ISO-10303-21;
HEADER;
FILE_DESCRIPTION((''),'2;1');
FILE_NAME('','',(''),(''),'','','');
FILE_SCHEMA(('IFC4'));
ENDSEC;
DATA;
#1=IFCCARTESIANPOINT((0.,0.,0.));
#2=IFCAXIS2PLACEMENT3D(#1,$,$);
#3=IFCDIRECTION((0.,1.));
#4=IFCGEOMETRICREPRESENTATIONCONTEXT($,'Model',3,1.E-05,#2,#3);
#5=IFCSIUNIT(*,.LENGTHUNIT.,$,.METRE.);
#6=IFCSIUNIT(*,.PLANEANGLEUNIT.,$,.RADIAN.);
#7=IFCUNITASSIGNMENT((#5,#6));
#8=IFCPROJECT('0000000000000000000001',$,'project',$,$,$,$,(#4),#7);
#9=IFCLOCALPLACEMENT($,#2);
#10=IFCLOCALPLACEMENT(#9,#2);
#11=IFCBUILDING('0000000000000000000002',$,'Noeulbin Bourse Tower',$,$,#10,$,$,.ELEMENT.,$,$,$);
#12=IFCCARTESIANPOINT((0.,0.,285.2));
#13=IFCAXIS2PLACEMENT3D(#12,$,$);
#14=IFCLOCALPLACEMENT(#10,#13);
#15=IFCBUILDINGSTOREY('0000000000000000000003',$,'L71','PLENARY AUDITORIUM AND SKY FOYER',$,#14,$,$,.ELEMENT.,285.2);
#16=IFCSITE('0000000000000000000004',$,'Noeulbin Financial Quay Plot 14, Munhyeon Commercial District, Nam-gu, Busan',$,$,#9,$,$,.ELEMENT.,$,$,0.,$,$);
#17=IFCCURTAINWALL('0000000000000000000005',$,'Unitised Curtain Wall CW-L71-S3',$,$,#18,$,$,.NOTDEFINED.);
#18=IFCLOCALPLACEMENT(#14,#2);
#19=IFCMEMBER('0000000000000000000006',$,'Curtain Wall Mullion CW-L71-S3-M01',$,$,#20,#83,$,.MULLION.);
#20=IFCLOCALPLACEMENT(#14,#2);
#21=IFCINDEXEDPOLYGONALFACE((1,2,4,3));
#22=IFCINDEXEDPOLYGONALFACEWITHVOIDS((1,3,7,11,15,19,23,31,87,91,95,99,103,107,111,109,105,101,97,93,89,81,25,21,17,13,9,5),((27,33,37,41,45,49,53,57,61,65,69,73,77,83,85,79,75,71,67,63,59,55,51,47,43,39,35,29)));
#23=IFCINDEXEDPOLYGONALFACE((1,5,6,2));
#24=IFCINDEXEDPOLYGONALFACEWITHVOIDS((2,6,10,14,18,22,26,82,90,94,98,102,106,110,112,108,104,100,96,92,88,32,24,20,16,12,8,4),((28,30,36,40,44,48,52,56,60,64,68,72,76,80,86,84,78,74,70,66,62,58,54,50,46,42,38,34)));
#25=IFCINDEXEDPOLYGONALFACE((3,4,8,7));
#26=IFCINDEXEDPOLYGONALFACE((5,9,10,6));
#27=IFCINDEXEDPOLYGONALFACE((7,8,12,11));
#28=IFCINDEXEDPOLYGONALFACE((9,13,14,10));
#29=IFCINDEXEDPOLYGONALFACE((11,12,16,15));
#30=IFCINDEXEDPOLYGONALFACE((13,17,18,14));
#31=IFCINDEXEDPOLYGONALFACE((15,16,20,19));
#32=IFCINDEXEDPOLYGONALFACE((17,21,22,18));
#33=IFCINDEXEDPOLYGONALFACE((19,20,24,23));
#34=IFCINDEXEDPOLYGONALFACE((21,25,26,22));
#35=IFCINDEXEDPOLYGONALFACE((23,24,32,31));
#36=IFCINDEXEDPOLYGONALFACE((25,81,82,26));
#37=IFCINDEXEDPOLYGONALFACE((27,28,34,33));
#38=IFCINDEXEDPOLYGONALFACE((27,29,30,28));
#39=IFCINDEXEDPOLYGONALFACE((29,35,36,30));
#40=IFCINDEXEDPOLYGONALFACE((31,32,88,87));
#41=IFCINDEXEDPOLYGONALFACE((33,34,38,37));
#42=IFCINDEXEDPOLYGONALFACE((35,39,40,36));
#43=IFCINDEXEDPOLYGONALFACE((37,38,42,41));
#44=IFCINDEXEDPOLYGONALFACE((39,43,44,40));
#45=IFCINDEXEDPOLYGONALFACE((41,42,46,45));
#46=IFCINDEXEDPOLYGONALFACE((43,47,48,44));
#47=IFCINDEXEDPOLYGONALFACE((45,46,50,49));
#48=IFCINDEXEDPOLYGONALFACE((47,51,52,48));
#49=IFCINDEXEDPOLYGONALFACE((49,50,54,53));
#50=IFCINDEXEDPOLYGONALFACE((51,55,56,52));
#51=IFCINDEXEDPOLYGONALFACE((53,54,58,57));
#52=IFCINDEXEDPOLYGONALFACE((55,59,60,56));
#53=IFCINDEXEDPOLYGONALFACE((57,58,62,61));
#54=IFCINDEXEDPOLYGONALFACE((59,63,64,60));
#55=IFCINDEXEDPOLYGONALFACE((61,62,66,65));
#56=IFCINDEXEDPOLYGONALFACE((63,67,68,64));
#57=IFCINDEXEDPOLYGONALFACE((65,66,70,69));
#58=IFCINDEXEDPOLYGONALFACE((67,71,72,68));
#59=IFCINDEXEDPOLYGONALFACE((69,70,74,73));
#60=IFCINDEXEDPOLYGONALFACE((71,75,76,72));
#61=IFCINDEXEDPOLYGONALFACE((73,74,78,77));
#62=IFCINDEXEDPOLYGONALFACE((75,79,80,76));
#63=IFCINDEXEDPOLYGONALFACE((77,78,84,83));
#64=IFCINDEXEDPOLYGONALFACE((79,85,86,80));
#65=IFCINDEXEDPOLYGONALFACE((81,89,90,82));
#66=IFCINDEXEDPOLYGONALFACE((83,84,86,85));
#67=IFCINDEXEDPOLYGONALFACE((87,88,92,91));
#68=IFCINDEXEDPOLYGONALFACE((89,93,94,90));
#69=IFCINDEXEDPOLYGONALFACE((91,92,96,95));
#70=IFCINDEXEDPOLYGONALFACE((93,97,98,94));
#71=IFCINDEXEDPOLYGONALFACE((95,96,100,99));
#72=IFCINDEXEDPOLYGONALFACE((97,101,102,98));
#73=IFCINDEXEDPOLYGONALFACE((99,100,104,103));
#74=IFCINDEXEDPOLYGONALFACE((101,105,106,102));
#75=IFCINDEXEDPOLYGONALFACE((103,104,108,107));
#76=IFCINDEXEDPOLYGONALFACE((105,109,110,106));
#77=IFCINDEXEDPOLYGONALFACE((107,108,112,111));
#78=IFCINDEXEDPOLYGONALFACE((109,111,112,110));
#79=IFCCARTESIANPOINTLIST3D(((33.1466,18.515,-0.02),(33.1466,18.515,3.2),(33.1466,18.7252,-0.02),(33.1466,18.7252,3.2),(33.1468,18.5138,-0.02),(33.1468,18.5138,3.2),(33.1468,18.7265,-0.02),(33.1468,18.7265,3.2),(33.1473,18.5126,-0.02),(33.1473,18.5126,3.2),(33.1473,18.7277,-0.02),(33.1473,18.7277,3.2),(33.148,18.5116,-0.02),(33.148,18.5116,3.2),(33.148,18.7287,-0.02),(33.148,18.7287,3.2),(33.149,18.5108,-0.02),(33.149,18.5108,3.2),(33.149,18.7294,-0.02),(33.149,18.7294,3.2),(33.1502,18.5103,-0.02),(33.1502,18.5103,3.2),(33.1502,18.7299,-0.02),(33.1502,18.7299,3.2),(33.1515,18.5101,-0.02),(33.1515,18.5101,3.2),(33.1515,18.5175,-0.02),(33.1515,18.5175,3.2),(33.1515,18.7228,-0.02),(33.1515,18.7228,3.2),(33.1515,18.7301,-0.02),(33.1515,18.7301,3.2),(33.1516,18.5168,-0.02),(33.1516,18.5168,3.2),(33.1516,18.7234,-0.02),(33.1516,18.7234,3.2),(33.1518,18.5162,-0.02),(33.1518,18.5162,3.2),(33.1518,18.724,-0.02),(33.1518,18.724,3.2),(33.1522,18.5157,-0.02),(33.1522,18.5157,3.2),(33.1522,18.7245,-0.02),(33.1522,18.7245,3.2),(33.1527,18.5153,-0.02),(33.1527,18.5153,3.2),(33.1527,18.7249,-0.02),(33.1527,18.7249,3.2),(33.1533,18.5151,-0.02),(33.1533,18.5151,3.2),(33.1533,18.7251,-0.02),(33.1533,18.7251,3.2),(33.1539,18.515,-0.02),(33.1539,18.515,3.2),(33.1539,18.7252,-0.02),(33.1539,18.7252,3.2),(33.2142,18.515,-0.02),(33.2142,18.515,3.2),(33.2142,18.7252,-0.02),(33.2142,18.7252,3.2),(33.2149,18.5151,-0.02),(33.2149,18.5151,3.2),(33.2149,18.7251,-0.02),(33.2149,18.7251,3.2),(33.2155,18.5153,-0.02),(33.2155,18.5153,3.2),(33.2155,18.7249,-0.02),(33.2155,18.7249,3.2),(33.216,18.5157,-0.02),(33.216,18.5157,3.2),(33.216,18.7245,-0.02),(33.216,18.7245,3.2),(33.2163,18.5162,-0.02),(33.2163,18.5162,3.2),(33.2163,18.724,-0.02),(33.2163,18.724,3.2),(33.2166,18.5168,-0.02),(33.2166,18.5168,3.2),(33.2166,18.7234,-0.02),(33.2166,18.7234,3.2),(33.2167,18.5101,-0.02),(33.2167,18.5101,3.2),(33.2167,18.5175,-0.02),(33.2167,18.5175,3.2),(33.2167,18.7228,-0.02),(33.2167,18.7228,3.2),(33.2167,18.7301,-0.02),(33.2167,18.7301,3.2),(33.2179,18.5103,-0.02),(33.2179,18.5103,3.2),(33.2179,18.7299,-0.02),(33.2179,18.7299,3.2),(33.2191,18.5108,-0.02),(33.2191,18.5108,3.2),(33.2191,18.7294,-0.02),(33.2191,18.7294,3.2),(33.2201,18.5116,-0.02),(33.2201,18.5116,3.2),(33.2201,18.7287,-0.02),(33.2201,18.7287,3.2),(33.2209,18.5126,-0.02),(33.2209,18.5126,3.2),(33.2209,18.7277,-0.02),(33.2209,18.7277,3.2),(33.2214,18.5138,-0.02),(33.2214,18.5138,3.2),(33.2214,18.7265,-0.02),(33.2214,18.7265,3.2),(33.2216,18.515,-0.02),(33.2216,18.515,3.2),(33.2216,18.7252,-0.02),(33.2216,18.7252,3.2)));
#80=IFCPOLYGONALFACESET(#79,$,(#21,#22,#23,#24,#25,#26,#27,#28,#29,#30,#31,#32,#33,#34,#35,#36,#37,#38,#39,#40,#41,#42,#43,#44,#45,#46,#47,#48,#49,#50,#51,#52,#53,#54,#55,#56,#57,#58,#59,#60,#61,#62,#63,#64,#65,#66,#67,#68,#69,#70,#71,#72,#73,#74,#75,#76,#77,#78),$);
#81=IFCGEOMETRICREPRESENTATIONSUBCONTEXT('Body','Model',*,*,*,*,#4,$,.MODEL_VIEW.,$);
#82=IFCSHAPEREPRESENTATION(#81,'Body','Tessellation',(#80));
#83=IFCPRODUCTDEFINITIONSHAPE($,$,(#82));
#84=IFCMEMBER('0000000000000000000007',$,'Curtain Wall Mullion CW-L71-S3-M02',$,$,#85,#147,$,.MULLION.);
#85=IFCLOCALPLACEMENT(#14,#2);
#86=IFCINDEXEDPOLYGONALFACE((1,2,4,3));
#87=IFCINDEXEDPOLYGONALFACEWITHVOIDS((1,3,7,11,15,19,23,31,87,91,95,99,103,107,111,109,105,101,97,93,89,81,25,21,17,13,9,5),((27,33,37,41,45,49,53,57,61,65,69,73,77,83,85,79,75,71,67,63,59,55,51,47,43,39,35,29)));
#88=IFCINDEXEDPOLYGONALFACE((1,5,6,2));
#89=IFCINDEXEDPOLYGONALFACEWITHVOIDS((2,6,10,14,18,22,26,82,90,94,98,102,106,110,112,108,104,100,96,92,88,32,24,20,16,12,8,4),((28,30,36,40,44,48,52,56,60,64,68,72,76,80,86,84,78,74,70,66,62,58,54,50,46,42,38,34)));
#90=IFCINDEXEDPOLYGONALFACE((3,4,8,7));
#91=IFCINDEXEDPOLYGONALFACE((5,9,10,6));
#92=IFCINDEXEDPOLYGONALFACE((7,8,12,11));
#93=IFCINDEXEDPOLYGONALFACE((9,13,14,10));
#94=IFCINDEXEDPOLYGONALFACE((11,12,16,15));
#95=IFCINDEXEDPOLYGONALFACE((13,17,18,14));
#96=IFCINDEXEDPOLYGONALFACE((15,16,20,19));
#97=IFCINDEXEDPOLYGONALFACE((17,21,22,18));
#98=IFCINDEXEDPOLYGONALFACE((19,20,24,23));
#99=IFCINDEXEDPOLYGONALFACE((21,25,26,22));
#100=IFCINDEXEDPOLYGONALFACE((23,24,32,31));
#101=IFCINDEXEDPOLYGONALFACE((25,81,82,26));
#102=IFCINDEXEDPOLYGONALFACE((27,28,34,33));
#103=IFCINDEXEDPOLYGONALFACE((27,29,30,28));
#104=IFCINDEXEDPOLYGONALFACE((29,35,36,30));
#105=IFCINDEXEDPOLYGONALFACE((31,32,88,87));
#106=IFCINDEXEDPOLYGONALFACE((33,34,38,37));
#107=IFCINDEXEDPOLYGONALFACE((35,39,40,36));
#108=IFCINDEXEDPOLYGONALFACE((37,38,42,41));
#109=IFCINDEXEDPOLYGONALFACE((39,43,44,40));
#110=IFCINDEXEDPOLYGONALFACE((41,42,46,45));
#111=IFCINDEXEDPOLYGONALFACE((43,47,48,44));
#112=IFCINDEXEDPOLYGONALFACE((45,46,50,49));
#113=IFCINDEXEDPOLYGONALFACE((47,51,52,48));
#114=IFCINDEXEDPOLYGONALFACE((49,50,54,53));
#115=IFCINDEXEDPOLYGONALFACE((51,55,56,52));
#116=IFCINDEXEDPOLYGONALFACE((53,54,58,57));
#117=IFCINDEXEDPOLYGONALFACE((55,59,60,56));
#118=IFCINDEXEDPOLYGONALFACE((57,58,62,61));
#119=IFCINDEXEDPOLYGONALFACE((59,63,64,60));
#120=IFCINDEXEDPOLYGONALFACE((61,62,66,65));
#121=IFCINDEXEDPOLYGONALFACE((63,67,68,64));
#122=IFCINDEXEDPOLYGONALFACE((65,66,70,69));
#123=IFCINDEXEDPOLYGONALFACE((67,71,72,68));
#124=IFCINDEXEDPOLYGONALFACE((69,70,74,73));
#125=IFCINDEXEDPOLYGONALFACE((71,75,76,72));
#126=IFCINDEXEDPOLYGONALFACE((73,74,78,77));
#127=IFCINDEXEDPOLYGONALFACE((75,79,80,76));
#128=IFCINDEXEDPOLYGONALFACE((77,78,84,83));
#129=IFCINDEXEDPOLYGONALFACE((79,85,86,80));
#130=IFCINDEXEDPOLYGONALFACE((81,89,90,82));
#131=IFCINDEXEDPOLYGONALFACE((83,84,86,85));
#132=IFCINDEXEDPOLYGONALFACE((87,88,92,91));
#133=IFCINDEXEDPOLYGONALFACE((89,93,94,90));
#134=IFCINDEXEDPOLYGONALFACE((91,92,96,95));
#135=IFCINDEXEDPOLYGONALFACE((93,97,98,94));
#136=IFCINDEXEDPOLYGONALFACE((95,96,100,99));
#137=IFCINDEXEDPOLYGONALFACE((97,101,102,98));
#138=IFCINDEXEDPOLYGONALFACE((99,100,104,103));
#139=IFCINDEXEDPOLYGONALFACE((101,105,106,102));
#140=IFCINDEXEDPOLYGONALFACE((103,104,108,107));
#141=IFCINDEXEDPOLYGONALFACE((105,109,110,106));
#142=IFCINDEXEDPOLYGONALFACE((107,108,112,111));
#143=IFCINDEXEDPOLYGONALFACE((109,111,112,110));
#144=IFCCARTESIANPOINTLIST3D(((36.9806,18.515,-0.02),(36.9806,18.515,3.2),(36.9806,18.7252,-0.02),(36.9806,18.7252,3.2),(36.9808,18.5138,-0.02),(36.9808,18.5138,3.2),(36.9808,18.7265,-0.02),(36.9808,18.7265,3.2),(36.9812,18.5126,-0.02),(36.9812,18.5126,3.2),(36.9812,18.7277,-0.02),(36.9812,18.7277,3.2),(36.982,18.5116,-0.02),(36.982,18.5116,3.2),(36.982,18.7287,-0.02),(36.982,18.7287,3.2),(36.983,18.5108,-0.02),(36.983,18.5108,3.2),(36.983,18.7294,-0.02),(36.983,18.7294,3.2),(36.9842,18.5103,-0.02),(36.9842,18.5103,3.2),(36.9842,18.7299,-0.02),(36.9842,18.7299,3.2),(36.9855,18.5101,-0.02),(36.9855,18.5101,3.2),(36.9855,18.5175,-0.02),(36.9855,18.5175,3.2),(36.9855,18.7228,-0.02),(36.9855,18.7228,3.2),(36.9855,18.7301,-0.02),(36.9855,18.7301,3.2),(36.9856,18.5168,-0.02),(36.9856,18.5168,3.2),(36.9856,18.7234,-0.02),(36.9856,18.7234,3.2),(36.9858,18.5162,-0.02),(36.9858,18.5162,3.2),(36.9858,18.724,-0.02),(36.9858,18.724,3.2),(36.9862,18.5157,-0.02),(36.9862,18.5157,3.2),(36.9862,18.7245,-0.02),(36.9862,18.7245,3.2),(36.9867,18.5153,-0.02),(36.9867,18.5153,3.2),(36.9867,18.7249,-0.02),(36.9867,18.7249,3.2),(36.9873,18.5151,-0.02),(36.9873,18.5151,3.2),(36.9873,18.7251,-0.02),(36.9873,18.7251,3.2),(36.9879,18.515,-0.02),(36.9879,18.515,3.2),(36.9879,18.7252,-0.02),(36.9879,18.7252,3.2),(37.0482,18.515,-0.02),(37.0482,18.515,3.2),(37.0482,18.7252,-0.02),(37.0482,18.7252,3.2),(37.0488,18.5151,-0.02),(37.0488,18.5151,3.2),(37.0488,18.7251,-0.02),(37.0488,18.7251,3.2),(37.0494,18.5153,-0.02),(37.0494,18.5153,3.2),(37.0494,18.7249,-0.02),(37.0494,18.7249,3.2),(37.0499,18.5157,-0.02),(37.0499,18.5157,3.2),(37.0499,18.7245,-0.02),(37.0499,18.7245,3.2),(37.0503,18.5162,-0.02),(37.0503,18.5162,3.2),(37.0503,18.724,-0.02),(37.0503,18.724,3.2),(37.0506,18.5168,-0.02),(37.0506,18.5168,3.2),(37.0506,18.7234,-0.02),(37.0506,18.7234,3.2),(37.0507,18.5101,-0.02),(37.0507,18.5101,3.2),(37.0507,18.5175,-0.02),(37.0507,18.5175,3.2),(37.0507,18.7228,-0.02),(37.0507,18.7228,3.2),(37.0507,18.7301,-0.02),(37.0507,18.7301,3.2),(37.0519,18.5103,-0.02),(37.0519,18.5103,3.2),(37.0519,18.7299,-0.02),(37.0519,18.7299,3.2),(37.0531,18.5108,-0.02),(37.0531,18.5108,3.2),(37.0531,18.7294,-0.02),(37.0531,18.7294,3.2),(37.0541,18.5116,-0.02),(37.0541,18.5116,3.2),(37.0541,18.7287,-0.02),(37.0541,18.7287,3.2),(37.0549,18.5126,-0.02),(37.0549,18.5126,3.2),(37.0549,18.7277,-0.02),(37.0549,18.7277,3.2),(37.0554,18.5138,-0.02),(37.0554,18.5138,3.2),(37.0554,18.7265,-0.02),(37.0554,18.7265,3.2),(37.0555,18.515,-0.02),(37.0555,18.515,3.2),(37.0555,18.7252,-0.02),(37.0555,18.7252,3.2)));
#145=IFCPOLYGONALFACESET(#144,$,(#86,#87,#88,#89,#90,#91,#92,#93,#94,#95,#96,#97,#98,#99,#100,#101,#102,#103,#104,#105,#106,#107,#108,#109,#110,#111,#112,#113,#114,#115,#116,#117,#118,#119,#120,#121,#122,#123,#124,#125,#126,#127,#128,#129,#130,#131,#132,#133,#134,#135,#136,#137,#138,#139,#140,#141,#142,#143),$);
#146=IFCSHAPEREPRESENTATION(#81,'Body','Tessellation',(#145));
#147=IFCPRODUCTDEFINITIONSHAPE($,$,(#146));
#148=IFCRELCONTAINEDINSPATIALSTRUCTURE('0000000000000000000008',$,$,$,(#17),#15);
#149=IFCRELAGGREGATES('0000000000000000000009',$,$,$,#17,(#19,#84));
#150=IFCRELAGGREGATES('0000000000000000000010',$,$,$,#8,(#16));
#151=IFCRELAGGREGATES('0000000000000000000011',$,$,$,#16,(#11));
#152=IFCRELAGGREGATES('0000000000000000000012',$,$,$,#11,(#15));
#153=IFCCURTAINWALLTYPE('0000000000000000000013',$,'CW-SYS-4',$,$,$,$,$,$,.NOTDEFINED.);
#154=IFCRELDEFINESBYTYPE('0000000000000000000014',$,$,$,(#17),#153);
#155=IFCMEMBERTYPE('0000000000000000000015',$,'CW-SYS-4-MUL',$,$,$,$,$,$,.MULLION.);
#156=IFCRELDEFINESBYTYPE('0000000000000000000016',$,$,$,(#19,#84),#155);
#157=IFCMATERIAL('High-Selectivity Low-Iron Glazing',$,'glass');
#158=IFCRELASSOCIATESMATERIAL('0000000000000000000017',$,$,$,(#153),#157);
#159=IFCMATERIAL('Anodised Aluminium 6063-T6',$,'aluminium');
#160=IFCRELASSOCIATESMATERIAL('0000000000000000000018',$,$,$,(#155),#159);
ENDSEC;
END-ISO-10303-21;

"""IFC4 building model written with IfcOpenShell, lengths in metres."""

from ifc_helpers import new_model, si_unit, direction, frame, origin, origin_2d, place, context, subcontext, project, spatial, hollow_rectangle, extrude, material, material_profile, profile_set, type_object, element, aggregate, save


model = new_model("IFC4")

# Units and contexts
model_context = context("Model", 3, precision=1e-05, world=origin(), true_north=direction((0.0, 1.0)))
body_context = subcontext(model_context, "Body", "Model", "MODEL_VIEW")
ifc_project = project(units=[si_unit("LENGTHUNIT", "METRE"), si_unit("PLANEANGLEUNIT", "RADIAN")], contexts=[model_context])

# Site, building, storey
site_placement = place(None, origin())
site = spatial("IfcSite", under=ifc_project, at=site_placement, Name="Noeulbin Financial Quay Plot 14, Munhyeon Commercial District, Nam-gu, Busan", CompositionType="ELEMENT", RefElevation=0.0)
building_placement = place(site_placement, origin())
building = spatial("IfcBuilding", under=site, at=building_placement, Name="Noeulbin Bourse Tower", CompositionType="ELEMENT")
storey_placement = place(building_placement, frame((0.0, 0.0, 285.2)))
storey = spatial("IfcBuildingStorey", under=building, at=storey_placement, Name="L71", Description="PLENARY AUDITORIUM AND SKY FOYER", CompositionType="ELEMENT", Elevation=285.2)

# Curtain wall, members
ifc_material_1 = material(Name="High-Selectivity Low-Iron Glazing", Category="glass")
curtain_wall_type = type_object("IfcCurtainWallType", Name="CW-SYS-4", PredefinedType="NOTDEFINED", material=ifc_material_1)
curtain_wall_placement = place(storey_placement, origin())
curtain_wall = element("IfcCurtainWall", 1, at=curtain_wall_placement, inside=storey, type_object=curtain_wall_type, Name="Unitised Curtain Wall CW-L71-S3", PredefinedType="NOTDEFINED")
ifc_material_2 = material(Name="Anodised Aluminium 6063-T6", Category="aluminium")
ifc_material_profile_1 = material_profile(ifc_material_2, hollow_rectangle(XDim=0.075, YDim=0.22, WallThickness=0.0049, InnerFilletRadius=0.0024, OuterFilletRadius=0.0049, at=origin_2d()), Name="ALU-MULL-75x220x5", Category="LoadBearing")
ifc_profile_set_1 = profile_set([ifc_material_profile_1], Name="Anodised Aluminium 6063-T6")
member_type = type_object("IfcMemberType", Name="CW-SYS-4-MUL", PredefinedType="MULLION", material=ifc_profile_set_1)
member_1_placement = place(storey_placement, frame((33.1841, 18.6201, -0.02), z_axis=(0.0, 0.0, 1.0), x_axis=(1.0, 0.0, 0.0)))
member_1 = element("IfcMember", 2, at=member_1_placement, type_object=member_type, Name="Curtain Wall Mullion CW-L71-S3-M01", PredefinedType="MULLION", context=body_context, shape_type="SweptSolid", body=[
    extrude(hollow_rectangle(XDim=0.075, YDim=0.22, WallThickness=0.0049, InnerFilletRadius=0.0024, OuterFilletRadius=0.0049, at=origin_2d()), origin(), (0.0, 0.0, 1.0), 3.22),
])
member_2_placement = place(storey_placement, frame((37.0181, 18.6201, -0.02), z_axis=(0.0, 0.0, 1.0), x_axis=(1.0, 0.0, 0.0)))
member_2 = element("IfcMember", 3, at=member_2_placement, type_object=member_type, Name="Curtain Wall Mullion CW-L71-S3-M02", PredefinedType="MULLION", context=body_context, shape_type="SweptSolid", body=[
    extrude(hollow_rectangle(XDim=0.075, YDim=0.22, WallThickness=0.0049, InnerFilletRadius=0.0024, OuterFilletRadius=0.0049, at=origin_2d()), origin(), (0.0, 0.0, 1.0), 3.22),
])
aggregate(curtain_wall, [member_1, member_2])

save(model, "model.ifc")
